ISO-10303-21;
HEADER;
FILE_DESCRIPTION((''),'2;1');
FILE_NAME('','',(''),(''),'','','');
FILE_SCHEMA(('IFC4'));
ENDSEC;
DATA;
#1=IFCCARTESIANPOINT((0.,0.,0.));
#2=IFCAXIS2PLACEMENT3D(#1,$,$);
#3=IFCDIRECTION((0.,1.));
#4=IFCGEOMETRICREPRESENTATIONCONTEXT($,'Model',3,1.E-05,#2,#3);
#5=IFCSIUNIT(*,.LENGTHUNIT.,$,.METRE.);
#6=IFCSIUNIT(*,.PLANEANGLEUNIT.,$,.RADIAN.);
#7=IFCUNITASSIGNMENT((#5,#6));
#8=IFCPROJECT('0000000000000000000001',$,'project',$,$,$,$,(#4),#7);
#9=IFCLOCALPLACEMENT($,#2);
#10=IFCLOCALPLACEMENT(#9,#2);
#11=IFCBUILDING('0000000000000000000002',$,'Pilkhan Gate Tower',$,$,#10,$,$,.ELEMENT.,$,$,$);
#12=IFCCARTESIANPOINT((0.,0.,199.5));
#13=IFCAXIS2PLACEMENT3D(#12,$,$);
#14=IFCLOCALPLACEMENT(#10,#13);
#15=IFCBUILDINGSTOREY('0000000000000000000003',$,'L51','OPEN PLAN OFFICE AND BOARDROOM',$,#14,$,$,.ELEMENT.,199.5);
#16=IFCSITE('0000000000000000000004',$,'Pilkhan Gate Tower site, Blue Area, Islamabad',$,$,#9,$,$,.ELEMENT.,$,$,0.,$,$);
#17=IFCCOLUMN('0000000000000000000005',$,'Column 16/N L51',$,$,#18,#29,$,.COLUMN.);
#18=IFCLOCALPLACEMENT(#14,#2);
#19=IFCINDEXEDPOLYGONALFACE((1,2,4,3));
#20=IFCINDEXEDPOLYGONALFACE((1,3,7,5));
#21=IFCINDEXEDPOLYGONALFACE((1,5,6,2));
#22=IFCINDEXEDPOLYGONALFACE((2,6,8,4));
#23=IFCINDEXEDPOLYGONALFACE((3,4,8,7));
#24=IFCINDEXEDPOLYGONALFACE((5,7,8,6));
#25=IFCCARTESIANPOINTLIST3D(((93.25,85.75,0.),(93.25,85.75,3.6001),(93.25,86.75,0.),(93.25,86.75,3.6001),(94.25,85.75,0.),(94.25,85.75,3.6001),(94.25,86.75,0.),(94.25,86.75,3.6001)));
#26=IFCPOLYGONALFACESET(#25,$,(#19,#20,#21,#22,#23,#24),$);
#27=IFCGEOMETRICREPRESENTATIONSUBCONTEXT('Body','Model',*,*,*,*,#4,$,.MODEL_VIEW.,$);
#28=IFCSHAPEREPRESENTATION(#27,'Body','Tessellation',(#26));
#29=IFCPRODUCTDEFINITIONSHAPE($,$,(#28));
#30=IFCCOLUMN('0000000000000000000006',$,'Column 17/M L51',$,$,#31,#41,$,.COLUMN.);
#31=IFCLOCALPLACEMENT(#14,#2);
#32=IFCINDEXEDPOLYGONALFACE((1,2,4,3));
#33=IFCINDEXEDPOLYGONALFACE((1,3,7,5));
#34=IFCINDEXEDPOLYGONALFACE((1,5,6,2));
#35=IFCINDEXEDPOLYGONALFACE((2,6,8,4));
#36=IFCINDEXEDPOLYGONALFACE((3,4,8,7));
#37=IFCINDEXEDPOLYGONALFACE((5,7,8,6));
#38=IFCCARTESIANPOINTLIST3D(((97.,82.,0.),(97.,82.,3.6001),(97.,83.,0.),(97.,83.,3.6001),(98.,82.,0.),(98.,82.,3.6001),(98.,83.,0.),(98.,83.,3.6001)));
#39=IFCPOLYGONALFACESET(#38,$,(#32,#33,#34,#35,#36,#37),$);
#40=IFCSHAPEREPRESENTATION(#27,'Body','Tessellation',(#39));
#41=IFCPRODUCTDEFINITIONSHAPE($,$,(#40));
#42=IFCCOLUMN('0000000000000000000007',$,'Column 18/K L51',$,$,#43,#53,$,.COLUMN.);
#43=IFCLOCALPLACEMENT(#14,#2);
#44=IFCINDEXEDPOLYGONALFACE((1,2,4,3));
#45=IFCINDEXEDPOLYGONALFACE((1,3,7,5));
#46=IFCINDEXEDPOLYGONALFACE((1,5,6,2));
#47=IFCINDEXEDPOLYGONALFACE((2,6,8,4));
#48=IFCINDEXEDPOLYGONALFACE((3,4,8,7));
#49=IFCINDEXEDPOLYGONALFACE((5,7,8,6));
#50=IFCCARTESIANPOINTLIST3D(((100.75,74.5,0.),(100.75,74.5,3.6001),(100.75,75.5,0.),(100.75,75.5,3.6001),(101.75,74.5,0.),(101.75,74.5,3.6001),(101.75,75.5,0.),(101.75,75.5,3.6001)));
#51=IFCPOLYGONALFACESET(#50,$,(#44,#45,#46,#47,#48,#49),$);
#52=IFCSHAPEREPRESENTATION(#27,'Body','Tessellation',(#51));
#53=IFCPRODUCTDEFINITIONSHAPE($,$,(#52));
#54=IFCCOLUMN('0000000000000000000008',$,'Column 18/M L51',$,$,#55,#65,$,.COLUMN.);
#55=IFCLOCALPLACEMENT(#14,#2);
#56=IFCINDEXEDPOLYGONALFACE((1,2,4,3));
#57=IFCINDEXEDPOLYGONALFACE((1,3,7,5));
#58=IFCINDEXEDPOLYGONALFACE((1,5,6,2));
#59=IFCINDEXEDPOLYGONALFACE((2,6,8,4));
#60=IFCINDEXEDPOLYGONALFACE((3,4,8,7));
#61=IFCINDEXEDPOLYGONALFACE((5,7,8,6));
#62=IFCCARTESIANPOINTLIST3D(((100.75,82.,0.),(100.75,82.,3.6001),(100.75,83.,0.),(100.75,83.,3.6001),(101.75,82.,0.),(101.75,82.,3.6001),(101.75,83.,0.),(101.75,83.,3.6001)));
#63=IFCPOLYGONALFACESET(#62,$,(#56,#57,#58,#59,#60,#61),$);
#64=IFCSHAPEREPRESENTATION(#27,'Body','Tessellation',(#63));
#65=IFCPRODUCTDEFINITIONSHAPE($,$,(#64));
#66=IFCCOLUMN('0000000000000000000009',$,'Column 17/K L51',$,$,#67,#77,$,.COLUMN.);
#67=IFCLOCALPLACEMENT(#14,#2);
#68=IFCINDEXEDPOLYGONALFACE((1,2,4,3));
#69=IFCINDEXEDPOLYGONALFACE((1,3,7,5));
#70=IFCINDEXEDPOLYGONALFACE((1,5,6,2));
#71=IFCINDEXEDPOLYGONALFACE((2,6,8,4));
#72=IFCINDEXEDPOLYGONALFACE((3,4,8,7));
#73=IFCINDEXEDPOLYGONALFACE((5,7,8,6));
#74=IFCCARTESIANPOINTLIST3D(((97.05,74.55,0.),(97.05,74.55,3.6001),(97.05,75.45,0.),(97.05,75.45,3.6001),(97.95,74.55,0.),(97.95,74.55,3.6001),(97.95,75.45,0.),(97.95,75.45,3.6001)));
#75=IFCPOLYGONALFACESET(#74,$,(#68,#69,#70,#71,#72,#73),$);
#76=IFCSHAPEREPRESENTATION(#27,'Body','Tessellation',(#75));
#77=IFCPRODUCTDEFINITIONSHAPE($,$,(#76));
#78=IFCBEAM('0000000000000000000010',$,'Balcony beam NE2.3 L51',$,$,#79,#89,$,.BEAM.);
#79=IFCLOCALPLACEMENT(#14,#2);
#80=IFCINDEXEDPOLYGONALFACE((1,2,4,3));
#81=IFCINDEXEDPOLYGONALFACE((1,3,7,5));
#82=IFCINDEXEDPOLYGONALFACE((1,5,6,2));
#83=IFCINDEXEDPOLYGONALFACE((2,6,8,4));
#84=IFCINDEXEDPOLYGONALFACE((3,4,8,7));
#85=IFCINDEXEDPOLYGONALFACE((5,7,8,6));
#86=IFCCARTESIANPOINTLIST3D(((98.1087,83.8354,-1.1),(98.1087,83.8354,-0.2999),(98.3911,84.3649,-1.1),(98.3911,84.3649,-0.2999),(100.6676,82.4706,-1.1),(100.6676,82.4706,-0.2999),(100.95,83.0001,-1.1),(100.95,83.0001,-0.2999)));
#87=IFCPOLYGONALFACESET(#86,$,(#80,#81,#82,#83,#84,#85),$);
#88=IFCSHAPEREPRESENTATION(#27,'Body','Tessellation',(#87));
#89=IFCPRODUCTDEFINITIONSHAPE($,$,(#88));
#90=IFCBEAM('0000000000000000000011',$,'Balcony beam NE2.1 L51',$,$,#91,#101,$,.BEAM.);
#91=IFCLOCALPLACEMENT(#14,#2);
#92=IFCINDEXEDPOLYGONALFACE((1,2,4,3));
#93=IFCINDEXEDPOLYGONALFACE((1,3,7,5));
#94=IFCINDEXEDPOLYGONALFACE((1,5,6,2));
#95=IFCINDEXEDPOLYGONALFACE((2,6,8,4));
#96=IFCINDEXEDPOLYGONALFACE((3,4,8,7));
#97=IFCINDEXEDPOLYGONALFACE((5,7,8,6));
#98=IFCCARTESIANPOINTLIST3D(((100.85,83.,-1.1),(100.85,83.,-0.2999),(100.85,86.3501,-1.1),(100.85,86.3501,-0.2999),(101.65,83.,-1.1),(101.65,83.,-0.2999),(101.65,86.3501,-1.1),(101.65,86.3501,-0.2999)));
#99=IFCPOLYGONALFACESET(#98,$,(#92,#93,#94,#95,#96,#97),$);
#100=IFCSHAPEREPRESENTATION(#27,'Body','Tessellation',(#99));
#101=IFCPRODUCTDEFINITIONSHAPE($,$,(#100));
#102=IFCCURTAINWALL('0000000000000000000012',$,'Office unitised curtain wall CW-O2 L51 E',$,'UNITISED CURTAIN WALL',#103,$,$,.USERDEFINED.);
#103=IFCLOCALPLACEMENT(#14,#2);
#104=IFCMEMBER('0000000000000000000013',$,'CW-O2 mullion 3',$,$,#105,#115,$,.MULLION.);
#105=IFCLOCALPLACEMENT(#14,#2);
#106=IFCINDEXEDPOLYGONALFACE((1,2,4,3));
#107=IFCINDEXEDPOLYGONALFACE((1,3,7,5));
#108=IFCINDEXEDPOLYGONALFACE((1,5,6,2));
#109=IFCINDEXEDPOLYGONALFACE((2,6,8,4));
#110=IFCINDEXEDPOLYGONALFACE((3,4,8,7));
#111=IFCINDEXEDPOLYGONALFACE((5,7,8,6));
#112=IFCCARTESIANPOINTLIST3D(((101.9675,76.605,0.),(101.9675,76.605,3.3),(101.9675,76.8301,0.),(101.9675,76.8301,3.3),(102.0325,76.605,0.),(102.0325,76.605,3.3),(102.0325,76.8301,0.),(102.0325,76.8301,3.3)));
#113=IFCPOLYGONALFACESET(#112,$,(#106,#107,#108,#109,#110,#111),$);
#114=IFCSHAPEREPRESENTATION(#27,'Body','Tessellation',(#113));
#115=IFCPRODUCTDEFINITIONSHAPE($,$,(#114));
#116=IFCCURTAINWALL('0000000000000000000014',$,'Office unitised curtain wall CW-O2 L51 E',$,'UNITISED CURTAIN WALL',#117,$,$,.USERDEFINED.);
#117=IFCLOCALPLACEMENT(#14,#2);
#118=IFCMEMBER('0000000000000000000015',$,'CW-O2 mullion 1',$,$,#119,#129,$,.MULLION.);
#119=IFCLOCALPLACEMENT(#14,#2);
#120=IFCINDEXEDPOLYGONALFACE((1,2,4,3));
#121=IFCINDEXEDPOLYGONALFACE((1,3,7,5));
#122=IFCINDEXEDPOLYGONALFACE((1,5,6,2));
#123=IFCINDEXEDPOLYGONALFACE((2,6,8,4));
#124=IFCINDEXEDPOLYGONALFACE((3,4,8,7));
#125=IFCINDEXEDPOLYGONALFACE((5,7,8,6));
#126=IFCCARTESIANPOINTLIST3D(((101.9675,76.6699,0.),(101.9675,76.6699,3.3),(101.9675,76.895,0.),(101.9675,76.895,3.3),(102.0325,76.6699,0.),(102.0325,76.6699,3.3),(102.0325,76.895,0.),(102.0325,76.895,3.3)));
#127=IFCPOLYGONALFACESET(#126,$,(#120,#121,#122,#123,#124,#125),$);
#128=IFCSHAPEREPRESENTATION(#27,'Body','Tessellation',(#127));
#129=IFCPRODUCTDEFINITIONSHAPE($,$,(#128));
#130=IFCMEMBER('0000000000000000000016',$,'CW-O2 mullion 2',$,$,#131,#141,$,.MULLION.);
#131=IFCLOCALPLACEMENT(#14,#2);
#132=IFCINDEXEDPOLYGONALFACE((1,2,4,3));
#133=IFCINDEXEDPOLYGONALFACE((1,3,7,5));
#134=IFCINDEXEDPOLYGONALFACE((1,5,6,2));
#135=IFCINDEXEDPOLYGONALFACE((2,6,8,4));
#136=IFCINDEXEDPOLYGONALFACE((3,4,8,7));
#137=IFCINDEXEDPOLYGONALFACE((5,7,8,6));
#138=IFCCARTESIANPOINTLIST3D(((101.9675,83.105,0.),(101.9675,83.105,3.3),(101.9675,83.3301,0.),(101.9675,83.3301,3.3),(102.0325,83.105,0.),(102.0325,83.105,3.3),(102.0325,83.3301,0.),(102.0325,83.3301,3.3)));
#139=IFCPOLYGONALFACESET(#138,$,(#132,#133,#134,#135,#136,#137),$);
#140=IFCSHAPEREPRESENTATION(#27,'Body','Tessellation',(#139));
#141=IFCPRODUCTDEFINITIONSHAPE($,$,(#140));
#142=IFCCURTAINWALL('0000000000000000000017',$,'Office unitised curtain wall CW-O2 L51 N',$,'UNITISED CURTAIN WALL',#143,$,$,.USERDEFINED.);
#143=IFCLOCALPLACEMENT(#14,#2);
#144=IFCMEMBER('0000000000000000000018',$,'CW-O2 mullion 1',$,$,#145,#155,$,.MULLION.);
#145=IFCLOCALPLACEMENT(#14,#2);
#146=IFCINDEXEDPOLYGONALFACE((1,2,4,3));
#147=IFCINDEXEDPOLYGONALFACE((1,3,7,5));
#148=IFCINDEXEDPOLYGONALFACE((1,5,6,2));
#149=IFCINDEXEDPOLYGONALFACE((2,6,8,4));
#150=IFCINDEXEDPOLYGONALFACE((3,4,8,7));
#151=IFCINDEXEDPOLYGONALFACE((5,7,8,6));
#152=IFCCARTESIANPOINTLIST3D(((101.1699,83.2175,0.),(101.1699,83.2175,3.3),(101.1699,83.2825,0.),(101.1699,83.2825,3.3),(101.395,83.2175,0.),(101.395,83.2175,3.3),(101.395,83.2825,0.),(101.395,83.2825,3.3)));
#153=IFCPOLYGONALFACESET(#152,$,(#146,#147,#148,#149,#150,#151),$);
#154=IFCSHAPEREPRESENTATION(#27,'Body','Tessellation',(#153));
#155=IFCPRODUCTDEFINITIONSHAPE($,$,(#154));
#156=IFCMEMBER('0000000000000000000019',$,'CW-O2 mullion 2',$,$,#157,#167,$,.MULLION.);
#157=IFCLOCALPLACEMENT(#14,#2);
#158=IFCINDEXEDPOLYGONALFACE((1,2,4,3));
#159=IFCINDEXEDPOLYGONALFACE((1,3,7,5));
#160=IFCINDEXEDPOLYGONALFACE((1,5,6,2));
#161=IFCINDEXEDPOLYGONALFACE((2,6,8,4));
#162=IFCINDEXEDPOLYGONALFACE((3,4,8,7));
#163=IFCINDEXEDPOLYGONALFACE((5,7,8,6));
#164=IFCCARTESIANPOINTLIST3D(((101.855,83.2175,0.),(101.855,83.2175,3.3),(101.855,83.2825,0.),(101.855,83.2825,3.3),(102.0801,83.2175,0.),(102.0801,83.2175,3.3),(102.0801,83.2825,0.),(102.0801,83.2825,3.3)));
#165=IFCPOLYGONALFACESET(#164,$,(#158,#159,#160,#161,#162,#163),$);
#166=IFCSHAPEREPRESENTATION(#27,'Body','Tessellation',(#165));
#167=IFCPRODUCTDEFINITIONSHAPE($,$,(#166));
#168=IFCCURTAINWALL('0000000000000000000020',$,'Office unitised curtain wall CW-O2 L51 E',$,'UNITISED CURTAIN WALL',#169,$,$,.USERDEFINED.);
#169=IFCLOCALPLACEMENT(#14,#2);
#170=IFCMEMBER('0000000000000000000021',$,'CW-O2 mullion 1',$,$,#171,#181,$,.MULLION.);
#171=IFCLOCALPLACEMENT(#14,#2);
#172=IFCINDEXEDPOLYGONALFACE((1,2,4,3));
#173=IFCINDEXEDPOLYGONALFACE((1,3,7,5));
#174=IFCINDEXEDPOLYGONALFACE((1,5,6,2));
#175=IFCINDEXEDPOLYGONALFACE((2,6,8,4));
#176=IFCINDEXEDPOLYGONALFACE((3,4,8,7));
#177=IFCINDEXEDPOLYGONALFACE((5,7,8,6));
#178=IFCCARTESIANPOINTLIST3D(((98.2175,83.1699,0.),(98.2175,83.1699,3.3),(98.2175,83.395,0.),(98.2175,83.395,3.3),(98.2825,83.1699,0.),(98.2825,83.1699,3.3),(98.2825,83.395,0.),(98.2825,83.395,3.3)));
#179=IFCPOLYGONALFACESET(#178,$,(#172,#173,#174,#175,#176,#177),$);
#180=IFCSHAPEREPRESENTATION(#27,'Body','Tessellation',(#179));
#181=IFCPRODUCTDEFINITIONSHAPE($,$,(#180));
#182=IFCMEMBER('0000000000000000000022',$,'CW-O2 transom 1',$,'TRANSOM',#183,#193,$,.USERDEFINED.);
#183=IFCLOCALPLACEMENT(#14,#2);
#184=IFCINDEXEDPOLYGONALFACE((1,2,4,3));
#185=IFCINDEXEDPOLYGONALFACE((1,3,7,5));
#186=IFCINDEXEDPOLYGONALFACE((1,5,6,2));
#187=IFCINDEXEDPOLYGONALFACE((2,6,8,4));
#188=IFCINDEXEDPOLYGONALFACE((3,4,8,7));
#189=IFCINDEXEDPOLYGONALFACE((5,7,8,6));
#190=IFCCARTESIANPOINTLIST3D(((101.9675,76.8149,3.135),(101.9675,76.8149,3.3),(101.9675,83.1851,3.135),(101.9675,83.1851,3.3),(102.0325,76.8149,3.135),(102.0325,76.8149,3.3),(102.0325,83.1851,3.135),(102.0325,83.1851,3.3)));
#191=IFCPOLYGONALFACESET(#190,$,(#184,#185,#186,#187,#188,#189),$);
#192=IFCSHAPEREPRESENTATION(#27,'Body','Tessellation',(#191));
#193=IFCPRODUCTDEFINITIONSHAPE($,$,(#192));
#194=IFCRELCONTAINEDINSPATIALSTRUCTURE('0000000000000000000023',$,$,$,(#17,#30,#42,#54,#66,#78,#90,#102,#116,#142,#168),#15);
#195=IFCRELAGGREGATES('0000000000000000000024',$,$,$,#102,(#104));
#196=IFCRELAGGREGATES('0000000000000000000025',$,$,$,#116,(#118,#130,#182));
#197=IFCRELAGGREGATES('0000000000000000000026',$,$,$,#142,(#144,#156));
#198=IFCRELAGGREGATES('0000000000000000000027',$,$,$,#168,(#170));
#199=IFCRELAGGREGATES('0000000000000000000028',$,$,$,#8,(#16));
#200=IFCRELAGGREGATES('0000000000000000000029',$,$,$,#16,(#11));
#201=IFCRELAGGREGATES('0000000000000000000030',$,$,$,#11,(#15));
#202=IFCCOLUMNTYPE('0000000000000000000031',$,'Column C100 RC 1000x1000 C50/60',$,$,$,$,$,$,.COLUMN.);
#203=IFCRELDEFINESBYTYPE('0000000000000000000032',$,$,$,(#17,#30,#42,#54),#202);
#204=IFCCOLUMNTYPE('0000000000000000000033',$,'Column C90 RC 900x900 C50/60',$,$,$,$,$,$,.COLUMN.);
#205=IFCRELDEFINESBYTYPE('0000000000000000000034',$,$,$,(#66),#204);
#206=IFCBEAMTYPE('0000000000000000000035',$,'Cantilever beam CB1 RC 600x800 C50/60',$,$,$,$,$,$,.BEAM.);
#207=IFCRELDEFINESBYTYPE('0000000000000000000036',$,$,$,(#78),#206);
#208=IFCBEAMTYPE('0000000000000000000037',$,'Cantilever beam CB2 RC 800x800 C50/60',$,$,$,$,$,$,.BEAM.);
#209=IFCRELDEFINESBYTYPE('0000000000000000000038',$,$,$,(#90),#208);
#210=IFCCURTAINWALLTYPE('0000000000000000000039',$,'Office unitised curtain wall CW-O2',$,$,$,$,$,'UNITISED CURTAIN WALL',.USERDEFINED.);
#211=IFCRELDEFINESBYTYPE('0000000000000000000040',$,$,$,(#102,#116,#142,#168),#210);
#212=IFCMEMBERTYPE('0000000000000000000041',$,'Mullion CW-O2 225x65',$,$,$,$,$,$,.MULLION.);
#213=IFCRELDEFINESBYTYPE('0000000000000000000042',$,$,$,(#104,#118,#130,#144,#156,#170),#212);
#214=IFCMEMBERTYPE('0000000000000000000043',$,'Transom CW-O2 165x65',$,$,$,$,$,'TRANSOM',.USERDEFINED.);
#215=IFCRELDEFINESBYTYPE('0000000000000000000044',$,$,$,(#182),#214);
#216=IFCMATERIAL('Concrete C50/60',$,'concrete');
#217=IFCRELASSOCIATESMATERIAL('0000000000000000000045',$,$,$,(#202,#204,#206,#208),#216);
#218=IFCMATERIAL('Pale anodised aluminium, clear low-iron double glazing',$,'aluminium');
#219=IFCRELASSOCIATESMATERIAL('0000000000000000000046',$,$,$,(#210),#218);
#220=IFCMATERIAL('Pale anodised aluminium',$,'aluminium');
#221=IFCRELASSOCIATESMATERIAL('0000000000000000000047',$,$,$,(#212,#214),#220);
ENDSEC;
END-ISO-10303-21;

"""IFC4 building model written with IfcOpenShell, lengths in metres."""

from ifc_helpers import new_model, si_unit, direction, frame, origin, origin_2d, place, context, subcontext, project, spatial, rectangle, extrude, material, material_profile, profile_set, type_object, element, aggregate, save


model = new_model("IFC4")

# Units and contexts
model_context = context("Model", 3, precision=1e-05, world=origin(), true_north=direction((0.0, 1.0)))
body_context = subcontext(model_context, "Body", "Model", "MODEL_VIEW")
ifc_project = project(units=[si_unit("LENGTHUNIT", "METRE"), si_unit("PLANEANGLEUNIT", "RADIAN")], contexts=[model_context])

# Site, building, storey
site_placement = place(None, origin())
site = spatial("IfcSite", under=ifc_project, at=site_placement, Name="Pilkhan Gate Tower site, Blue Area, Islamabad", CompositionType="ELEMENT", RefElevation=0.0)
building_placement = place(site_placement, origin())
building = spatial("IfcBuilding", under=site, at=building_placement, Name="Pilkhan Gate Tower", CompositionType="ELEMENT")
storey_placement = place(building_placement, frame((0.0, 0.0, 199.5)))
storey = spatial("IfcBuildingStorey", under=building, at=storey_placement, Name="L51", Description="OPEN PLAN OFFICE AND BOARDROOM", CompositionType="ELEMENT", Elevation=199.5)

# Columns
ifc_material_1 = material(Name="Concrete C50/60", Category="concrete")
ifc_material_profile_1 = material_profile(ifc_material_1, rectangle(XDim=1.0, YDim=1.0, at=origin_2d()), Name="RC 1000x1000")
ifc_profile_set_1 = profile_set([ifc_material_profile_1], Name="Concrete C50/60")
column_type_1 = type_object("IfcColumnType", Name="Column C100 RC 1000x1000 C50/60", PredefinedType="COLUMN", material=ifc_profile_set_1)
for number, where, z_axis, x_axis, name in (
    (1, (93.75, 86.25, 0.0), (0.0, 0.0, 1.0), (1.0, 0.0, 0.0), "Column 16/N L51"),
    (2, (97.5, 82.5, 0.0), (0.0, 0.0, 1.0), (1.0, 0.0, 0.0), "Column 17/M L51"),
    (3, (101.25, 75.0, 0.0), (0.0, 0.0, 1.0), (1.0, 0.0, 0.0), "Column 18/K L51"),
    (4, (101.25, 82.5, 0.0), (0.0, 0.0, 1.0), (1.0, 0.0, 0.0), "Column 18/M L51"),
):
    element("IfcColumn", number, at=place(storey_placement, frame(where, z_axis=z_axis, x_axis=x_axis)), inside=storey, type_object=column_type_1, Name=name, PredefinedType="COLUMN", context=body_context, shape_type="SweptSolid", body=[
        extrude(rectangle(XDim=1.0, YDim=1.0, at=origin_2d()), origin(), (0.0, 0.0, 1.0), 3.6001),
    ])
ifc_material_profile_2 = material_profile(ifc_material_1, rectangle(XDim=0.8999, YDim=0.8999, at=origin_2d()), Name="RC 900x900")
ifc_profile_set_2 = profile_set([ifc_material_profile_2], Name="Concrete C50/60")
column_type_2 = type_object("IfcColumnType", Name="Column C90 RC 900x900 C50/60", PredefinedType="COLUMN", material=ifc_profile_set_2)
column_placement = place(storey_placement, frame((97.5, 75.0, 0.0), z_axis=(0.0, 0.0, 1.0), x_axis=(1.0, 0.0, 0.0)))
element("IfcColumn", 5, at=column_placement, inside=storey, type_object=column_type_2, Name="Column 17/K L51", PredefinedType="COLUMN", context=body_context, shape_type="SweptSolid", body=[
    extrude(rectangle(XDim=0.8999, YDim=0.8999, at=origin_2d()), origin(), (0.0, 0.0, 1.0), 3.6001),
])

# Beams
ifc_material_profile_3 = material_profile(ifc_material_1, rectangle(XDim=0.6001, YDim=0.8, at=origin_2d()), Name="RC 600x800")
ifc_profile_set_3 = profile_set([ifc_material_profile_3], Name="Concrete C50/60")
beam_type_1 = type_object("IfcBeamType", Name="Cantilever beam CB1 RC 600x800 C50/60", PredefinedType="BEAM", material=ifc_profile_set_3)
beam_1_placement = place(storey_placement, frame((100.8088, 82.7354, -0.7), z_axis=(-0.882348, 0.470597, 0.0), x_axis=(-0.470597, -0.882348, 0.0)))
element("IfcBeam", 6, at=beam_1_placement, inside=storey, type_object=beam_type_1, Name="Balcony beam NE2.3 L51", PredefinedType="BEAM", context=body_context, shape_type="SweptSolid", body=[
    extrude(rectangle(XDim=0.6001, YDim=0.8, at=origin_2d()), origin(), (0.0, 0.0, 1.0), 2.9001),
])
ifc_material_profile_4 = material_profile(ifc_material_1, rectangle(XDim=0.8, YDim=0.8, at=origin_2d()), Name="RC 800x800")
ifc_profile_set_4 = profile_set([ifc_material_profile_4], Name="Concrete C50/60")
beam_type_2 = type_object("IfcBeamType", Name="Cantilever beam CB2 RC 800x800 C50/60", PredefinedType="BEAM", material=ifc_profile_set_4)
beam_2_placement = place(storey_placement, frame((101.25, 83.0, -0.7), z_axis=(0.0, 1.0, 0.0), x_axis=(-1.0, 0.0, 0.0)))
element("IfcBeam", 7, at=beam_2_placement, inside=storey, type_object=beam_type_2, Name="Balcony beam NE2.1 L51", PredefinedType="BEAM", context=body_context, shape_type="SweptSolid", body=[
    extrude(rectangle(XDim=0.8, YDim=0.8, at=origin_2d()), origin(), (0.0, 0.0, 1.0), 3.3501),
])

# Curtain wall, member
ifc_material_2 = material(Name="Pale anodised aluminium, clear low-iron double glazing", Category="aluminium")
curtain_wall_type = type_object("IfcCurtainWallType", Name="Office unitised curtain wall CW-O2", ElementType="UNITISED CURTAIN WALL", PredefinedType="USERDEFINED", material=ifc_material_2)
curtain_wall_1_placement = place(storey_placement, origin())
curtain_wall_1 = element("IfcCurtainWall", 8, at=curtain_wall_1_placement, inside=storey, type_object=curtain_wall_type, Name="Office unitised curtain wall CW-O2 L51 E", ObjectType="UNITISED CURTAIN WALL", PredefinedType="USERDEFINED")
ifc_material_3 = material(Name="Pale anodised aluminium", Category="aluminium")
ifc_material_profile_5 = material_profile(ifc_material_3, rectangle(XDim=0.0649, YDim=0.2251, at=origin_2d()), Name="Mullion 225x65")
ifc_profile_set_5 = profile_set([ifc_material_profile_5], Name="Pale anodised aluminium")
member_type_1 = type_object("IfcMemberType", Name="Mullion CW-O2 225x65", PredefinedType="MULLION", material=ifc_profile_set_5)
member_1_placement = place(storey_placement, frame((102.0, 76.7175, 0.0), z_axis=(0.0, 0.0, 1.0), x_axis=(-1.0, 0.0, 0.0)))
member_1 = element("IfcMember", 9, at=member_1_placement, type_object=member_type_1, Name="CW-O2 mullion 3", PredefinedType="MULLION", context=body_context, shape_type="SweptSolid", body=[
    extrude(rectangle(XDim=0.0649, YDim=0.2251, at=origin_2d()), origin(), (0.0, 0.0, 1.0), 3.3),
])
aggregate(curtain_wall_1, [member_1])

# Curtain walls, members
curtain_wall_2_placement = place(storey_placement, origin())
curtain_wall_2 = element("IfcCurtainWall", 10, at=curtain_wall_2_placement, inside=storey, type_object=curtain_wall_type, Name="Office unitised curtain wall CW-O2 L51 E", ObjectType="UNITISED CURTAIN WALL", PredefinedType="USERDEFINED")
member_2_placement = place(storey_placement, frame((102.0, 76.7825, 0.0), z_axis=(0.0, 0.0, 1.0), x_axis=(-1.0, 0.0, 0.0)))
member_2 = element("IfcMember", 11, at=member_2_placement, type_object=member_type_1, Name="CW-O2 mullion 1", PredefinedType="MULLION", context=body_context, shape_type="SweptSolid", body=[
    extrude(rectangle(XDim=0.0649, YDim=0.2251, at=origin_2d()), origin(), (0.0, 0.0, 1.0), 3.3),
])
member_3_placement = place(storey_placement, frame((102.0, 83.2175, 0.0), z_axis=(0.0, 0.0, 1.0), x_axis=(-1.0, 0.0, 0.0)))
member_3 = element("IfcMember", 12, at=member_3_placement, type_object=member_type_1, Name="CW-O2 mullion 2", PredefinedType="MULLION", context=body_context, shape_type="SweptSolid", body=[
    extrude(rectangle(XDim=0.0649, YDim=0.2251, at=origin_2d()), origin(), (0.0, 0.0, 1.0), 3.3),
])
curtain_wall_3_placement = place(storey_placement, origin())
curtain_wall_3 = element("IfcCurtainWall", 13, at=curtain_wall_3_placement, inside=storey, type_object=curtain_wall_type, Name="Office unitised curtain wall CW-O2 L51 N", ObjectType="UNITISED CURTAIN WALL", PredefinedType="USERDEFINED")
member_4_placement = place(storey_placement, frame((101.2825, 83.25, 0.0), z_axis=(0.0, 0.0, 1.0), x_axis=(0.0, 1.0, 0.0)))
member_4 = element("IfcMember", 14, at=member_4_placement, type_object=member_type_1, Name="CW-O2 mullion 1", PredefinedType="MULLION", context=body_context, shape_type="SweptSolid", body=[
    extrude(rectangle(XDim=0.0649, YDim=0.2251, at=origin_2d()), origin(), (0.0, 0.0, 1.0), 3.3),
])
member_5_placement = place(storey_placement, frame((101.9675, 83.25, 0.0), z_axis=(0.0, 0.0, 1.0), x_axis=(0.0, 1.0, 0.0)))
member_5 = element("IfcMember", 15, at=member_5_placement, type_object=member_type_1, Name="CW-O2 mullion 2", PredefinedType="MULLION", context=body_context, shape_type="SweptSolid", body=[
    extrude(rectangle(XDim=0.0649, YDim=0.2251, at=origin_2d()), origin(), (0.0, 0.0, 1.0), 3.3),
])

# Curtain wall, member
curtain_wall_4_placement = place(storey_placement, origin())
curtain_wall_4 = element("IfcCurtainWall", 16, at=curtain_wall_4_placement, inside=storey, type_object=curtain_wall_type, Name="Office unitised curtain wall CW-O2 L51 E", ObjectType="UNITISED CURTAIN WALL", PredefinedType="USERDEFINED")
member_6_placement = place(storey_placement, frame((98.25, 83.2825, 0.0), z_axis=(0.0, 0.0, 1.0), x_axis=(-1.0, 0.0, 0.0)))
member_6 = element("IfcMember", 17, at=member_6_placement, type_object=member_type_1, Name="CW-O2 mullion 1", PredefinedType="MULLION", context=body_context, shape_type="SweptSolid", body=[
    extrude(rectangle(XDim=0.0649, YDim=0.2251, at=origin_2d()), origin(), (0.0, 0.0, 1.0), 3.3),
])

# Member
ifc_material_profile_6 = material_profile(ifc_material_3, rectangle(XDim=0.0649, YDim=0.165, at=origin_2d()), Name="Transom 165x65")
ifc_profile_set_6 = profile_set([ifc_material_profile_6], Name="Pale anodised aluminium")
member_type_2 = type_object("IfcMemberType", Name="Transom CW-O2 165x65", ElementType="TRANSOM", PredefinedType="USERDEFINED", material=ifc_profile_set_6)
member_7_placement = place(storey_placement, frame((102.0, 76.8149, 3.2175), z_axis=(0.0, 1.0, 0.0), x_axis=(-1.0, 0.0, 0.0)))
member_7 = element("IfcMember", 18, at=member_7_placement, type_object=member_type_2, Name="CW-O2 transom 1", ObjectType="TRANSOM", PredefinedType="USERDEFINED", context=body_context, shape_type="SweptSolid", body=[
    extrude(rectangle(XDim=0.0649, YDim=0.165, at=origin_2d()), origin(), (0.0, 0.0, 1.0), 6.3701),
])

aggregate(curtain_wall_2, [member_2, member_3, member_7])
aggregate(curtain_wall_3, [member_4, member_5])
aggregate(curtain_wall_4, [member_6])

save(model, "model.ifc")
